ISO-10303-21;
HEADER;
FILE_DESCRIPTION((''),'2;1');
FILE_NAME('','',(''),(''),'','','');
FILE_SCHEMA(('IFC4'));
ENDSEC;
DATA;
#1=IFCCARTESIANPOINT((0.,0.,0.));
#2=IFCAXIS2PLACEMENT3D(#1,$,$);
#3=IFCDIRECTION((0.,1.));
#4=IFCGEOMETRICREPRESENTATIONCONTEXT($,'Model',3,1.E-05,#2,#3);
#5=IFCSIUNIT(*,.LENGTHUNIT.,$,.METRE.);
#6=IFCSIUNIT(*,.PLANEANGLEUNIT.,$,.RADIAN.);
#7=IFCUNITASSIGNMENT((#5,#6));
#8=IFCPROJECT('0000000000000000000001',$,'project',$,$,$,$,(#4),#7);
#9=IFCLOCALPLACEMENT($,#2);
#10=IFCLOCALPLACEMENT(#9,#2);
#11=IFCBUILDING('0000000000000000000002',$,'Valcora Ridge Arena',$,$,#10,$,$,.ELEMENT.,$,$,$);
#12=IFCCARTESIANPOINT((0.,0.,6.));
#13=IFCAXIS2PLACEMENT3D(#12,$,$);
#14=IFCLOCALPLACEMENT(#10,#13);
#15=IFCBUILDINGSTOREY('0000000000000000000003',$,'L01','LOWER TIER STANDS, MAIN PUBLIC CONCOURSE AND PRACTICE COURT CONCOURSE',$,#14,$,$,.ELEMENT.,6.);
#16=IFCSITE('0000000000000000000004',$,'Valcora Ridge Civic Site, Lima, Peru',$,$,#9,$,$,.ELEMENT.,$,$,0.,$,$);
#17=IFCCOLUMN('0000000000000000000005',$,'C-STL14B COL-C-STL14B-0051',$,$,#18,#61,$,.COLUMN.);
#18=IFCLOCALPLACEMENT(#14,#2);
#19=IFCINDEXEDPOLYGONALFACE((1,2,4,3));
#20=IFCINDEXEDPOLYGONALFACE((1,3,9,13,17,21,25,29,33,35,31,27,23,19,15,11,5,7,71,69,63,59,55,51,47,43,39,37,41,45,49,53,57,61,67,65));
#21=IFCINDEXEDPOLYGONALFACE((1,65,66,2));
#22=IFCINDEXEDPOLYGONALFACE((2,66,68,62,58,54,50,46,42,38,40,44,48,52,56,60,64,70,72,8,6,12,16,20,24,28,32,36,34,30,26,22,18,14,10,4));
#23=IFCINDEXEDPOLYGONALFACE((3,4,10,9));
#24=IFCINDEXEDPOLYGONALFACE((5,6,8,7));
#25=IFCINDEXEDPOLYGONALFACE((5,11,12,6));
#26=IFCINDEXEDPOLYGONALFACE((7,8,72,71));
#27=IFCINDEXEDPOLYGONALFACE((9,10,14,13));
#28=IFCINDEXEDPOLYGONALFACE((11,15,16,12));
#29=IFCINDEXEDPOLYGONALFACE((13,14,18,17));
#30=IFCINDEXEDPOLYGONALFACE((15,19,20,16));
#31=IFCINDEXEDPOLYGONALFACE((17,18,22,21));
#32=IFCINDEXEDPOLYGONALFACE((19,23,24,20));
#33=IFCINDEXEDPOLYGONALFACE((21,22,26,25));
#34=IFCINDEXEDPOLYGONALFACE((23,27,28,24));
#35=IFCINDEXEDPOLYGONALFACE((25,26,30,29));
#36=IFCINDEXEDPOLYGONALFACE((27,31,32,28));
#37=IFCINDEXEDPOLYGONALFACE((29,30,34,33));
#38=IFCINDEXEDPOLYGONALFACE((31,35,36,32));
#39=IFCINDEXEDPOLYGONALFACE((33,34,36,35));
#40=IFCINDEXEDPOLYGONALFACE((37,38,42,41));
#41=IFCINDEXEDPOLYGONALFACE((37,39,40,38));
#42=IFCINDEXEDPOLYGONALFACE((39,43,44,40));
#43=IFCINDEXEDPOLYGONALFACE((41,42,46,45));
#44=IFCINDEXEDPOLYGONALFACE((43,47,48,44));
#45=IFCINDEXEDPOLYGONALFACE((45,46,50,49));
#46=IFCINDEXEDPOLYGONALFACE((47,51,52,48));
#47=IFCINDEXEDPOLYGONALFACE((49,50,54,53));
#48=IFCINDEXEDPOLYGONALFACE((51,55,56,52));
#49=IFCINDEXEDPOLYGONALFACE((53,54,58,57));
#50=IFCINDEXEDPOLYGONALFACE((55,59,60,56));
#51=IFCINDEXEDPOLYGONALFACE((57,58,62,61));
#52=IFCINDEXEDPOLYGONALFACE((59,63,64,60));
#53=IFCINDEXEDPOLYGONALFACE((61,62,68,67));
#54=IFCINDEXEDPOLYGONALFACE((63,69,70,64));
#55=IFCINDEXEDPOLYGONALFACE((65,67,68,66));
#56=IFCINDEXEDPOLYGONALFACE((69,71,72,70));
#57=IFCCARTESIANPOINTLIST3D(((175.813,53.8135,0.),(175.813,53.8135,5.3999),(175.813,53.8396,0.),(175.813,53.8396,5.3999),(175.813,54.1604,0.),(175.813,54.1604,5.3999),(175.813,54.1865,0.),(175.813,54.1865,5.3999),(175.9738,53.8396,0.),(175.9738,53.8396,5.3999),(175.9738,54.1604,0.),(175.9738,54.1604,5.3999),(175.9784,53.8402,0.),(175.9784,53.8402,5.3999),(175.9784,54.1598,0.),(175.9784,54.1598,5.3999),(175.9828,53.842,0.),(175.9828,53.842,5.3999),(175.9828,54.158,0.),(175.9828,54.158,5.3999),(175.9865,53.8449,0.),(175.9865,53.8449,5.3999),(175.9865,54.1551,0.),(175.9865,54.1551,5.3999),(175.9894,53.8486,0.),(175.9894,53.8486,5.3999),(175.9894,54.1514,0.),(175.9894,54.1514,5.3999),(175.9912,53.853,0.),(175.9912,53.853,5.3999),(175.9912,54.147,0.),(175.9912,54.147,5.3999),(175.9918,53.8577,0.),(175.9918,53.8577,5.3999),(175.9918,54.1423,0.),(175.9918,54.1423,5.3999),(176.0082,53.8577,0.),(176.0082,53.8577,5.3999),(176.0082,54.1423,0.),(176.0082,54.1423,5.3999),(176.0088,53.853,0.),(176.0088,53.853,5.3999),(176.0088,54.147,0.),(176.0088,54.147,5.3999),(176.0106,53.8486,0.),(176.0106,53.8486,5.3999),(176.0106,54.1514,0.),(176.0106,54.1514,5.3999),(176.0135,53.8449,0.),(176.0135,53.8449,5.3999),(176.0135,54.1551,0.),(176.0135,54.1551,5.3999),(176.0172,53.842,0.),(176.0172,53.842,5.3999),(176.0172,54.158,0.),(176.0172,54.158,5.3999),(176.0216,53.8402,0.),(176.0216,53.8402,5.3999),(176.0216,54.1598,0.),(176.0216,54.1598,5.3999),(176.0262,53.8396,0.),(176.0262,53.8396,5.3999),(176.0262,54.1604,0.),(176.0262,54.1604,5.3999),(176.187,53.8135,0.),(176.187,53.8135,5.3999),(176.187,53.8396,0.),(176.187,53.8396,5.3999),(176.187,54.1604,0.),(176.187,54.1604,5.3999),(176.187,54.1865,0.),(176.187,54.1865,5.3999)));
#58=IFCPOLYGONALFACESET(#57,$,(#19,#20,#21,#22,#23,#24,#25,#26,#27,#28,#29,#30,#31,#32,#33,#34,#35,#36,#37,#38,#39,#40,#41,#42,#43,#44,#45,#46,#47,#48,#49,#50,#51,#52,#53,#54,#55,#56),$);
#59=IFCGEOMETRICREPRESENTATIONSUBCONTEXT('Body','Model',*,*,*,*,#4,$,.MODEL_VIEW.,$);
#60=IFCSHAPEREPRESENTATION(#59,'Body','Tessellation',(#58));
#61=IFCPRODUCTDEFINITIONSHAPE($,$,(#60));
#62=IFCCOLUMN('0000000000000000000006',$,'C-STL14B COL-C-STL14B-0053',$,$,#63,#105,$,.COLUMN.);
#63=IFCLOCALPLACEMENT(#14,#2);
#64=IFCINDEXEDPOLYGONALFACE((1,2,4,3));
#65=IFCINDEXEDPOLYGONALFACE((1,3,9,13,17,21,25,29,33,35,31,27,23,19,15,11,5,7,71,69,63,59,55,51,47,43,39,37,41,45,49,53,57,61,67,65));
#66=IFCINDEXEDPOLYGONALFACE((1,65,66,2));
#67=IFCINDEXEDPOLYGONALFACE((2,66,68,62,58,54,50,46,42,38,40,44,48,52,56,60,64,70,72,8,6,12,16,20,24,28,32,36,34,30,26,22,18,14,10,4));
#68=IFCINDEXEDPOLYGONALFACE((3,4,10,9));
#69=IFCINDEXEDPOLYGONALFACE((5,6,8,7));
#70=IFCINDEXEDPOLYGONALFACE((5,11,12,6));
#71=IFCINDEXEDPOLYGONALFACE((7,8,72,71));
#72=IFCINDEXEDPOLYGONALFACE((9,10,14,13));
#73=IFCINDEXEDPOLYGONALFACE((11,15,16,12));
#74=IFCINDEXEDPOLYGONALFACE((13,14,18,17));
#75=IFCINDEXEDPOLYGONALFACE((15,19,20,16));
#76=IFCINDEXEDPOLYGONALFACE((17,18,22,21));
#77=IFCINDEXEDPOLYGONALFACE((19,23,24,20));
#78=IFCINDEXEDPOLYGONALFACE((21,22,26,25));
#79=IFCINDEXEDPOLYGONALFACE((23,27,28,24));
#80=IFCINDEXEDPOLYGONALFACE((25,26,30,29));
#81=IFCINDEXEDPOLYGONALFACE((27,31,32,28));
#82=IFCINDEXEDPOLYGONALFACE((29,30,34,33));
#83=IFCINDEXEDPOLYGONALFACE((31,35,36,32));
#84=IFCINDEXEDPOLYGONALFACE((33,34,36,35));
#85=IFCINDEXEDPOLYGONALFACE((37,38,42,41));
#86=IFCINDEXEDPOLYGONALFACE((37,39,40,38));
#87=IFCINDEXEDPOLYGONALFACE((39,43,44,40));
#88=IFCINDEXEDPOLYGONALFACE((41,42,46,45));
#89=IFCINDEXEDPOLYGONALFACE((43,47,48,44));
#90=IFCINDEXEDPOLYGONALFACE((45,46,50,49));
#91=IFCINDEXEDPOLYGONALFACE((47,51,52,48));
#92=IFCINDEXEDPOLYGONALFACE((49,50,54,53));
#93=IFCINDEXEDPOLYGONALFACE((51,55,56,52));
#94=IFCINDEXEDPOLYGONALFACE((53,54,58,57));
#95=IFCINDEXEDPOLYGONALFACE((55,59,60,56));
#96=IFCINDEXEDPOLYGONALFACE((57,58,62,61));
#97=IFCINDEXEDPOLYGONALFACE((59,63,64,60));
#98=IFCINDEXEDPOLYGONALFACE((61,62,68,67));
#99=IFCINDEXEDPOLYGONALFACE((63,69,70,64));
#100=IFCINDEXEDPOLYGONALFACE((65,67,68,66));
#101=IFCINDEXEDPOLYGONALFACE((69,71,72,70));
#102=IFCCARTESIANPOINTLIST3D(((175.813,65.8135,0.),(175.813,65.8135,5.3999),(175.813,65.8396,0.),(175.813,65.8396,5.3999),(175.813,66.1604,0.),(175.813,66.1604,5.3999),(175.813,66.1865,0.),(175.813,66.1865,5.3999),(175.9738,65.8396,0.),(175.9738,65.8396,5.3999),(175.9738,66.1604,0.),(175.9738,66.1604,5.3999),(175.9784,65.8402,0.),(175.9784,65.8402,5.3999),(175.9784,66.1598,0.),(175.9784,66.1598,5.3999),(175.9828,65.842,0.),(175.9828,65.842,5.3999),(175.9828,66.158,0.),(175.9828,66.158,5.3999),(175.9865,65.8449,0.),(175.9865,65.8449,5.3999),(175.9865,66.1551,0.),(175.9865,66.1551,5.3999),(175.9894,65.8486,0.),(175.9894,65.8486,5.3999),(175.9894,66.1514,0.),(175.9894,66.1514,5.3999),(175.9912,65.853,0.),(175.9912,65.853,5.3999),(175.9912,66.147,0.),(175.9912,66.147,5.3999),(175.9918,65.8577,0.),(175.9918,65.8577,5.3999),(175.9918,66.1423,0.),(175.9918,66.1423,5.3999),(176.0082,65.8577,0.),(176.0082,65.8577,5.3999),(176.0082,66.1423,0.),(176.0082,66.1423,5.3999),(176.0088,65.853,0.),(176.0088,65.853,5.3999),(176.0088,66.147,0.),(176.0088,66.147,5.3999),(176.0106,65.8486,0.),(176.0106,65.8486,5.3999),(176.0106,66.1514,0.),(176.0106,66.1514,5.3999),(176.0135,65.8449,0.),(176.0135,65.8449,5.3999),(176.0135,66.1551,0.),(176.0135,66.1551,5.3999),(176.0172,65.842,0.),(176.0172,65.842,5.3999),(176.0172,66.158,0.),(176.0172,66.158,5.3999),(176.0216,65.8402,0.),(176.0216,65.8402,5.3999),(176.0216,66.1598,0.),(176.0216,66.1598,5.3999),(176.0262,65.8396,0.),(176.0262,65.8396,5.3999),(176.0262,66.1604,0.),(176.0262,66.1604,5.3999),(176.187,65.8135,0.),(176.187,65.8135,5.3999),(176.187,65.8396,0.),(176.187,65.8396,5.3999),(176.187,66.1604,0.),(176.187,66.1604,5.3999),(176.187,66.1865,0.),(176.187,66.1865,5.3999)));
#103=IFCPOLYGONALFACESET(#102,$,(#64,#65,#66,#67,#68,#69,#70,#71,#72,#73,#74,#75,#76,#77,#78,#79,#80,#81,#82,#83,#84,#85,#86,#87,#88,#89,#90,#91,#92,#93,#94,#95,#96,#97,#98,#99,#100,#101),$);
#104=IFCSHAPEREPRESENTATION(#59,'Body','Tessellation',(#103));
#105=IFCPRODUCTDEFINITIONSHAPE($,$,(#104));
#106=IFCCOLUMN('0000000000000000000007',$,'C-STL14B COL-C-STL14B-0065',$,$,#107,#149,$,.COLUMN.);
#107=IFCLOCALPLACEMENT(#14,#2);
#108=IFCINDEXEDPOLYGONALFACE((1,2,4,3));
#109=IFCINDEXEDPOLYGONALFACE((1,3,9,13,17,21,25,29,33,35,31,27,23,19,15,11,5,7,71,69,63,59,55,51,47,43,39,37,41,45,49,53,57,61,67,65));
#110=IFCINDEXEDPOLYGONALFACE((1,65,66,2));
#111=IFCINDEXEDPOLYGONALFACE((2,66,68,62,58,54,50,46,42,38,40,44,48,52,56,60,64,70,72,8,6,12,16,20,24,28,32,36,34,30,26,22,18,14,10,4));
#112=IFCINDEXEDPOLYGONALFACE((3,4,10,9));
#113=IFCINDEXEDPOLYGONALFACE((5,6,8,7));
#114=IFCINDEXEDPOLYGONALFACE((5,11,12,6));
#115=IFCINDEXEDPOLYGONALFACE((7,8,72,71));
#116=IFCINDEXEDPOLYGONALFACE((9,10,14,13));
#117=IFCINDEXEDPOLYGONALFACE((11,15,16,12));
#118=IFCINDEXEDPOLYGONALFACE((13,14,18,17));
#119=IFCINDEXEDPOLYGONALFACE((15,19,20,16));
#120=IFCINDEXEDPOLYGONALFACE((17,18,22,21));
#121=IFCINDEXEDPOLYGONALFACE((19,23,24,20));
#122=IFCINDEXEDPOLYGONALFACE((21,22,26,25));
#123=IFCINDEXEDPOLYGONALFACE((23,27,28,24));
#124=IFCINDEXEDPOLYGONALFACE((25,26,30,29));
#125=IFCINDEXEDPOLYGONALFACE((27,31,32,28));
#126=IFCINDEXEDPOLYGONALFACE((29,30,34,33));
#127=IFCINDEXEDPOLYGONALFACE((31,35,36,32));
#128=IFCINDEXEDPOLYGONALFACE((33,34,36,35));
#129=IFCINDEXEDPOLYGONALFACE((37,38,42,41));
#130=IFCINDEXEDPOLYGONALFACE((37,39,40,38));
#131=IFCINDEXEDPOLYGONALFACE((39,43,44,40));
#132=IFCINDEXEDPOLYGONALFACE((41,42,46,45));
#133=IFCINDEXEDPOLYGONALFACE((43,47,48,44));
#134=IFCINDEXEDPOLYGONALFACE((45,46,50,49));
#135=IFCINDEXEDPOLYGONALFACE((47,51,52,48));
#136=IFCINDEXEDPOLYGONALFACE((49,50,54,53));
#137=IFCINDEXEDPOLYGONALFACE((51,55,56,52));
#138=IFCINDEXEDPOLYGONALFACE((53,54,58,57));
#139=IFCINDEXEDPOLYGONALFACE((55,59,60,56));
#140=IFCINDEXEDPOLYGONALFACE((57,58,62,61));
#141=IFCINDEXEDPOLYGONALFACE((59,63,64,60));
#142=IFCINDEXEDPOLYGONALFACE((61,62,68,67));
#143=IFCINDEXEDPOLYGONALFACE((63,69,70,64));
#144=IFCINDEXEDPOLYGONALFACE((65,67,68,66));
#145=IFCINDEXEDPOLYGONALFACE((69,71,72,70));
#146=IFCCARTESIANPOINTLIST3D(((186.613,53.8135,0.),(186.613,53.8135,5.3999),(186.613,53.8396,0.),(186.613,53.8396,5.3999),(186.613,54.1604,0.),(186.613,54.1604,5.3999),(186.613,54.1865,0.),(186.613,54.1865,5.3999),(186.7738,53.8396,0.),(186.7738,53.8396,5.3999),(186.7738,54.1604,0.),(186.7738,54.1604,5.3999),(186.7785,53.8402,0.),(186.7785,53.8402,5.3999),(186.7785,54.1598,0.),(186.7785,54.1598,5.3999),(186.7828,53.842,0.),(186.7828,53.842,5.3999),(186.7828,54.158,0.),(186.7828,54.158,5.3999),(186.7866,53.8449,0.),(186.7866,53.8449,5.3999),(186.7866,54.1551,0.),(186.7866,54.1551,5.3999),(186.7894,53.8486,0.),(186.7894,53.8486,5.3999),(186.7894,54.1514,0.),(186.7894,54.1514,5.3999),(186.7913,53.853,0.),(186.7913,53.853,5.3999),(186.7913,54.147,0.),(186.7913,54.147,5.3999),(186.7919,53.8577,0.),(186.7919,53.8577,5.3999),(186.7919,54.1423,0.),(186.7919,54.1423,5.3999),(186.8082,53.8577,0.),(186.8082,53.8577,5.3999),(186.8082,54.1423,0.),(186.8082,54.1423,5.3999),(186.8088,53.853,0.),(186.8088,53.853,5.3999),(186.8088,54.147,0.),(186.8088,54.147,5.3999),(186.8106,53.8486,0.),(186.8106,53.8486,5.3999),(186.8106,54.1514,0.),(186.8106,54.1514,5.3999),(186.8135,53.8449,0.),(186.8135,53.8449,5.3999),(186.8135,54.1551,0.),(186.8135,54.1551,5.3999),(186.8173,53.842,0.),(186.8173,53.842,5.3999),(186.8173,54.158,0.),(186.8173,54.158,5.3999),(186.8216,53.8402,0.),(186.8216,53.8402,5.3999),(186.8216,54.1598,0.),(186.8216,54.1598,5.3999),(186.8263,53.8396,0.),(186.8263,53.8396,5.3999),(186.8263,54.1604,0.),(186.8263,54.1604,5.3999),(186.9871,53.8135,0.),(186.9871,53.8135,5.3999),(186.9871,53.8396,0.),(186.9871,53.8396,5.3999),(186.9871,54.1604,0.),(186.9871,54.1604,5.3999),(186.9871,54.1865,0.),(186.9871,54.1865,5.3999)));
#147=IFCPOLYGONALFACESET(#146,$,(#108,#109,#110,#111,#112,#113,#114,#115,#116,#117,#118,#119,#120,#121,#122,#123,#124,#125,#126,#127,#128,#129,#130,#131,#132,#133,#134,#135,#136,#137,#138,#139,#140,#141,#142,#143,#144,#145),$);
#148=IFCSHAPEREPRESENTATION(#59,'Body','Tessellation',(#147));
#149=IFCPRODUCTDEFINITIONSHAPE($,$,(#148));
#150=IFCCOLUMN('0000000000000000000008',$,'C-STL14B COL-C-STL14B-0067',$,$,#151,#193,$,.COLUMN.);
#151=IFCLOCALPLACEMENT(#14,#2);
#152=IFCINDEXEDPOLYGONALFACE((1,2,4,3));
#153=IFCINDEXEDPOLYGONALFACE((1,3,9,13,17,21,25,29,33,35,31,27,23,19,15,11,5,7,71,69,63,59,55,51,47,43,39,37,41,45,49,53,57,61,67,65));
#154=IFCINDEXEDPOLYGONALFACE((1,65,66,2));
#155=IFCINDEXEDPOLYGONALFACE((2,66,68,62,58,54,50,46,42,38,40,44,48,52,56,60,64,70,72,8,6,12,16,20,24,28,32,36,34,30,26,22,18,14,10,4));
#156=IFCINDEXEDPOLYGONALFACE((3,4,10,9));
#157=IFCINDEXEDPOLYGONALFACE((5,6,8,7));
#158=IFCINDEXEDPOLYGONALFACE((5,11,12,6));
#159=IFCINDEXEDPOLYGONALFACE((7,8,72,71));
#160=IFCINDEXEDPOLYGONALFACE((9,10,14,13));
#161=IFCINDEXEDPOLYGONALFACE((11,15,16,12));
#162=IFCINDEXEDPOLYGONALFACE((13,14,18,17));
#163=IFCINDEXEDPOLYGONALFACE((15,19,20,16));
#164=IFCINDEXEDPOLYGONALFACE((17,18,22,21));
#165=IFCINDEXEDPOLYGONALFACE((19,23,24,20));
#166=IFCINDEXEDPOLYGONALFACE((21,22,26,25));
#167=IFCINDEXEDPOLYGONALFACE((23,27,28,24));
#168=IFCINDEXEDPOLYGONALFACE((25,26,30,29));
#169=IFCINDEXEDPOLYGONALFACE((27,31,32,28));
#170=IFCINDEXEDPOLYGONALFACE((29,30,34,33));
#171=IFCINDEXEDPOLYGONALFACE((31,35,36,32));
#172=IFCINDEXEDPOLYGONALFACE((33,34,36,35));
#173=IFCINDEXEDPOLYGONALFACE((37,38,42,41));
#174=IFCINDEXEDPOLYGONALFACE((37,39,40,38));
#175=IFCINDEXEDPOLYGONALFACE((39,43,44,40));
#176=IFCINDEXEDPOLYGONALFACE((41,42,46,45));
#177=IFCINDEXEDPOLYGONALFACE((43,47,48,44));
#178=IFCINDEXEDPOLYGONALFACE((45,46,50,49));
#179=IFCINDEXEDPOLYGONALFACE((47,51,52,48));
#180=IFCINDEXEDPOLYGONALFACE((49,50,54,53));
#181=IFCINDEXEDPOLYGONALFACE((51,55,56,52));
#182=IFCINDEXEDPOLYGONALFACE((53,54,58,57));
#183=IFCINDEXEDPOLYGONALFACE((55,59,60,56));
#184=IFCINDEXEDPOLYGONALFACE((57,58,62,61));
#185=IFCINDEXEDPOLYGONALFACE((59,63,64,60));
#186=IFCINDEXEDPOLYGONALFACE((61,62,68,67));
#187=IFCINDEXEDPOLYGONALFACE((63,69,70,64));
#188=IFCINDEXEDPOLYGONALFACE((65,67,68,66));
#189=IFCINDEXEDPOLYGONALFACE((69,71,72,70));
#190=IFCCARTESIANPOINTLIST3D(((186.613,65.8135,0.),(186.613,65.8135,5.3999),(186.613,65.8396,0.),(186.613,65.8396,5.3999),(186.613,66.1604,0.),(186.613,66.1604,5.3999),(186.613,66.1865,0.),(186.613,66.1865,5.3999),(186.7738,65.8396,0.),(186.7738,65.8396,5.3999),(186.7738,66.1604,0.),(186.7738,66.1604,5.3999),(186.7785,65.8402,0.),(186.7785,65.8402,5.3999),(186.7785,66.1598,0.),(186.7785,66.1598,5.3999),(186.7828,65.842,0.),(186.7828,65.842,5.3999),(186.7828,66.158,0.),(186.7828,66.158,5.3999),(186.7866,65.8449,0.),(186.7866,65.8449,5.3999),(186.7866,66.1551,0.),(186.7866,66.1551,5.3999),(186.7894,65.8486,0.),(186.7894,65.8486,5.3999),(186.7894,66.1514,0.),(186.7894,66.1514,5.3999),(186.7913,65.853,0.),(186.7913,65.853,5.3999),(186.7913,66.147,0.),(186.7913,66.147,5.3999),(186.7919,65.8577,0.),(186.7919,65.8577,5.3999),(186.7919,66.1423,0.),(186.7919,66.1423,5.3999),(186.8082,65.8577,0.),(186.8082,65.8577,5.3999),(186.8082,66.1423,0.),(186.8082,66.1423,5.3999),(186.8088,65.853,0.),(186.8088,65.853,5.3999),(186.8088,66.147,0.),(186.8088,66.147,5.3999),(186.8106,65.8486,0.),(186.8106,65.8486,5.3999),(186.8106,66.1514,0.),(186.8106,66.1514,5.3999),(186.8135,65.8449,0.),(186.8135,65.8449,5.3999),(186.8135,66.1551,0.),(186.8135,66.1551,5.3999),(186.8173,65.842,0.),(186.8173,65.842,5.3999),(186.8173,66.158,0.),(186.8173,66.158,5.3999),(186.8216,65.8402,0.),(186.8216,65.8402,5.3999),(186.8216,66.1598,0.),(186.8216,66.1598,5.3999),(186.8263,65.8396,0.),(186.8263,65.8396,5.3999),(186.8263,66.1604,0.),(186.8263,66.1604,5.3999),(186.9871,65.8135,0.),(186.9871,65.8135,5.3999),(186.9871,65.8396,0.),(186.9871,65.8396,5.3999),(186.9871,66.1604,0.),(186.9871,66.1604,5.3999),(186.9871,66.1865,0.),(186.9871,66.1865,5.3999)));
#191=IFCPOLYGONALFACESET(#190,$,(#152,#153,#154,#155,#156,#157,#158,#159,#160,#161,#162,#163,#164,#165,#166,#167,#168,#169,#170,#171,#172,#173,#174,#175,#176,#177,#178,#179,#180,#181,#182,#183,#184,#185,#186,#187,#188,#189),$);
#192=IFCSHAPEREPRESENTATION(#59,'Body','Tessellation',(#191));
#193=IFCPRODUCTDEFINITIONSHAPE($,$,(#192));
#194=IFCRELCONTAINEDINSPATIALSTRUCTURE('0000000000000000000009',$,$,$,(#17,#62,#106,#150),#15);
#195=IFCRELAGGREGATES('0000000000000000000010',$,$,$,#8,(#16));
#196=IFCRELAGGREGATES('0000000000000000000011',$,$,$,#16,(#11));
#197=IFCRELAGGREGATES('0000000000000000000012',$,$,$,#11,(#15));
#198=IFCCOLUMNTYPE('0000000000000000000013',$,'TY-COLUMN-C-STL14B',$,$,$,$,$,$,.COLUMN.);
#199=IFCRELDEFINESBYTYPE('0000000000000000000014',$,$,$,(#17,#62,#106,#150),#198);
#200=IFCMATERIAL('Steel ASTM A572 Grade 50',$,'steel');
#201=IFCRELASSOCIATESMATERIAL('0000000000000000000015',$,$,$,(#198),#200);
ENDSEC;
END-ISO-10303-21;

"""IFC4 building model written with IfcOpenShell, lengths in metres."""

from ifc_helpers import new_model, si_unit, direction, frame, origin, origin_2d, place, context, subcontext, project, spatial, i_section, extrude, material, material_profile, profile_set, type_object, element, save


model = new_model("IFC4")

# Units and contexts
model_context = context("Model", 3, precision=1e-05, world=origin(), true_north=direction((0.0, 1.0)))
body_context = subcontext(model_context, "Body", "Model", "MODEL_VIEW")
ifc_project = project(units=[si_unit("LENGTHUNIT", "METRE"), si_unit("PLANEANGLEUNIT", "RADIAN")], contexts=[model_context])

# Site, building, storey
site_placement = place(None, origin())
site = spatial("IfcSite", under=ifc_project, at=site_placement, Name="Valcora Ridge Civic Site, Lima, Peru", CompositionType="ELEMENT", RefElevation=0.0)
building_placement = place(site_placement, origin())
building = spatial("IfcBuilding", under=site, at=building_placement, Name="Valcora Ridge Arena", CompositionType="ELEMENT")
storey_placement = place(building_placement, frame((0.0, 0.0, 6.0)))
storey = spatial("IfcBuildingStorey", under=building, at=storey_placement, Name="L01", Description="LOWER TIER STANDS, MAIN PUBLIC CONCOURSE AND PRACTICE COURT CONCOURSE", CompositionType="ELEMENT", Elevation=6.0)

# Columns
ifc_material_1 = material(Name="Steel ASTM A572 Grade 50", Category="steel")
ifc_material_profile_1 = material_profile(ifc_material_1, i_section(OverallWidth=0.374, OverallDepth=0.373, WebThickness=0.0164, FlangeThickness=0.0261, FilletRadius=0.0181, at=origin_2d()), Name="W14X132")
ifc_profile_set_1 = profile_set([ifc_material_profile_1], Name="Steel ASTM A572 Grade 50")
column_type = type_object("IfcColumnType", Name="TY-COLUMN-C-STL14B", PredefinedType="COLUMN", material=ifc_profile_set_1)
for number, where, z_axis, x_axis, name in (
    (1, (176.0, 54.0, 0.0), (0.0, 0.0, 1.0), (1.0, 0.0, 0.0), "C-STL14B COL-C-STL14B-0051"),
    (2, (176.0, 66.0, 0.0), (0.0, 0.0, 1.0), (1.0, 0.0, 0.0), "C-STL14B COL-C-STL14B-0053"),
    (3, (186.8, 54.0, 0.0), (0.0, 0.0, 1.0), (1.0, 0.0, 0.0), "C-STL14B COL-C-STL14B-0065"),
    (4, (186.8, 66.0, 0.0), (0.0, 0.0, 1.0), (1.0, 0.0, 0.0), "C-STL14B COL-C-STL14B-0067"),
):
    element("IfcColumn", number, at=place(storey_placement, frame(where, z_axis=z_axis, x_axis=x_axis)), inside=storey, type_object=column_type, Name=name, PredefinedType="COLUMN", context=body_context, shape_type="SweptSolid", body=[
        extrude(i_section(OverallWidth=0.374, OverallDepth=0.373, WebThickness=0.0164, FlangeThickness=0.0261, FilletRadius=0.0181, at=origin_2d()), origin(), (0.0, 0.0, 1.0), 5.3999),
    ])

save(model, "model.ifc")
